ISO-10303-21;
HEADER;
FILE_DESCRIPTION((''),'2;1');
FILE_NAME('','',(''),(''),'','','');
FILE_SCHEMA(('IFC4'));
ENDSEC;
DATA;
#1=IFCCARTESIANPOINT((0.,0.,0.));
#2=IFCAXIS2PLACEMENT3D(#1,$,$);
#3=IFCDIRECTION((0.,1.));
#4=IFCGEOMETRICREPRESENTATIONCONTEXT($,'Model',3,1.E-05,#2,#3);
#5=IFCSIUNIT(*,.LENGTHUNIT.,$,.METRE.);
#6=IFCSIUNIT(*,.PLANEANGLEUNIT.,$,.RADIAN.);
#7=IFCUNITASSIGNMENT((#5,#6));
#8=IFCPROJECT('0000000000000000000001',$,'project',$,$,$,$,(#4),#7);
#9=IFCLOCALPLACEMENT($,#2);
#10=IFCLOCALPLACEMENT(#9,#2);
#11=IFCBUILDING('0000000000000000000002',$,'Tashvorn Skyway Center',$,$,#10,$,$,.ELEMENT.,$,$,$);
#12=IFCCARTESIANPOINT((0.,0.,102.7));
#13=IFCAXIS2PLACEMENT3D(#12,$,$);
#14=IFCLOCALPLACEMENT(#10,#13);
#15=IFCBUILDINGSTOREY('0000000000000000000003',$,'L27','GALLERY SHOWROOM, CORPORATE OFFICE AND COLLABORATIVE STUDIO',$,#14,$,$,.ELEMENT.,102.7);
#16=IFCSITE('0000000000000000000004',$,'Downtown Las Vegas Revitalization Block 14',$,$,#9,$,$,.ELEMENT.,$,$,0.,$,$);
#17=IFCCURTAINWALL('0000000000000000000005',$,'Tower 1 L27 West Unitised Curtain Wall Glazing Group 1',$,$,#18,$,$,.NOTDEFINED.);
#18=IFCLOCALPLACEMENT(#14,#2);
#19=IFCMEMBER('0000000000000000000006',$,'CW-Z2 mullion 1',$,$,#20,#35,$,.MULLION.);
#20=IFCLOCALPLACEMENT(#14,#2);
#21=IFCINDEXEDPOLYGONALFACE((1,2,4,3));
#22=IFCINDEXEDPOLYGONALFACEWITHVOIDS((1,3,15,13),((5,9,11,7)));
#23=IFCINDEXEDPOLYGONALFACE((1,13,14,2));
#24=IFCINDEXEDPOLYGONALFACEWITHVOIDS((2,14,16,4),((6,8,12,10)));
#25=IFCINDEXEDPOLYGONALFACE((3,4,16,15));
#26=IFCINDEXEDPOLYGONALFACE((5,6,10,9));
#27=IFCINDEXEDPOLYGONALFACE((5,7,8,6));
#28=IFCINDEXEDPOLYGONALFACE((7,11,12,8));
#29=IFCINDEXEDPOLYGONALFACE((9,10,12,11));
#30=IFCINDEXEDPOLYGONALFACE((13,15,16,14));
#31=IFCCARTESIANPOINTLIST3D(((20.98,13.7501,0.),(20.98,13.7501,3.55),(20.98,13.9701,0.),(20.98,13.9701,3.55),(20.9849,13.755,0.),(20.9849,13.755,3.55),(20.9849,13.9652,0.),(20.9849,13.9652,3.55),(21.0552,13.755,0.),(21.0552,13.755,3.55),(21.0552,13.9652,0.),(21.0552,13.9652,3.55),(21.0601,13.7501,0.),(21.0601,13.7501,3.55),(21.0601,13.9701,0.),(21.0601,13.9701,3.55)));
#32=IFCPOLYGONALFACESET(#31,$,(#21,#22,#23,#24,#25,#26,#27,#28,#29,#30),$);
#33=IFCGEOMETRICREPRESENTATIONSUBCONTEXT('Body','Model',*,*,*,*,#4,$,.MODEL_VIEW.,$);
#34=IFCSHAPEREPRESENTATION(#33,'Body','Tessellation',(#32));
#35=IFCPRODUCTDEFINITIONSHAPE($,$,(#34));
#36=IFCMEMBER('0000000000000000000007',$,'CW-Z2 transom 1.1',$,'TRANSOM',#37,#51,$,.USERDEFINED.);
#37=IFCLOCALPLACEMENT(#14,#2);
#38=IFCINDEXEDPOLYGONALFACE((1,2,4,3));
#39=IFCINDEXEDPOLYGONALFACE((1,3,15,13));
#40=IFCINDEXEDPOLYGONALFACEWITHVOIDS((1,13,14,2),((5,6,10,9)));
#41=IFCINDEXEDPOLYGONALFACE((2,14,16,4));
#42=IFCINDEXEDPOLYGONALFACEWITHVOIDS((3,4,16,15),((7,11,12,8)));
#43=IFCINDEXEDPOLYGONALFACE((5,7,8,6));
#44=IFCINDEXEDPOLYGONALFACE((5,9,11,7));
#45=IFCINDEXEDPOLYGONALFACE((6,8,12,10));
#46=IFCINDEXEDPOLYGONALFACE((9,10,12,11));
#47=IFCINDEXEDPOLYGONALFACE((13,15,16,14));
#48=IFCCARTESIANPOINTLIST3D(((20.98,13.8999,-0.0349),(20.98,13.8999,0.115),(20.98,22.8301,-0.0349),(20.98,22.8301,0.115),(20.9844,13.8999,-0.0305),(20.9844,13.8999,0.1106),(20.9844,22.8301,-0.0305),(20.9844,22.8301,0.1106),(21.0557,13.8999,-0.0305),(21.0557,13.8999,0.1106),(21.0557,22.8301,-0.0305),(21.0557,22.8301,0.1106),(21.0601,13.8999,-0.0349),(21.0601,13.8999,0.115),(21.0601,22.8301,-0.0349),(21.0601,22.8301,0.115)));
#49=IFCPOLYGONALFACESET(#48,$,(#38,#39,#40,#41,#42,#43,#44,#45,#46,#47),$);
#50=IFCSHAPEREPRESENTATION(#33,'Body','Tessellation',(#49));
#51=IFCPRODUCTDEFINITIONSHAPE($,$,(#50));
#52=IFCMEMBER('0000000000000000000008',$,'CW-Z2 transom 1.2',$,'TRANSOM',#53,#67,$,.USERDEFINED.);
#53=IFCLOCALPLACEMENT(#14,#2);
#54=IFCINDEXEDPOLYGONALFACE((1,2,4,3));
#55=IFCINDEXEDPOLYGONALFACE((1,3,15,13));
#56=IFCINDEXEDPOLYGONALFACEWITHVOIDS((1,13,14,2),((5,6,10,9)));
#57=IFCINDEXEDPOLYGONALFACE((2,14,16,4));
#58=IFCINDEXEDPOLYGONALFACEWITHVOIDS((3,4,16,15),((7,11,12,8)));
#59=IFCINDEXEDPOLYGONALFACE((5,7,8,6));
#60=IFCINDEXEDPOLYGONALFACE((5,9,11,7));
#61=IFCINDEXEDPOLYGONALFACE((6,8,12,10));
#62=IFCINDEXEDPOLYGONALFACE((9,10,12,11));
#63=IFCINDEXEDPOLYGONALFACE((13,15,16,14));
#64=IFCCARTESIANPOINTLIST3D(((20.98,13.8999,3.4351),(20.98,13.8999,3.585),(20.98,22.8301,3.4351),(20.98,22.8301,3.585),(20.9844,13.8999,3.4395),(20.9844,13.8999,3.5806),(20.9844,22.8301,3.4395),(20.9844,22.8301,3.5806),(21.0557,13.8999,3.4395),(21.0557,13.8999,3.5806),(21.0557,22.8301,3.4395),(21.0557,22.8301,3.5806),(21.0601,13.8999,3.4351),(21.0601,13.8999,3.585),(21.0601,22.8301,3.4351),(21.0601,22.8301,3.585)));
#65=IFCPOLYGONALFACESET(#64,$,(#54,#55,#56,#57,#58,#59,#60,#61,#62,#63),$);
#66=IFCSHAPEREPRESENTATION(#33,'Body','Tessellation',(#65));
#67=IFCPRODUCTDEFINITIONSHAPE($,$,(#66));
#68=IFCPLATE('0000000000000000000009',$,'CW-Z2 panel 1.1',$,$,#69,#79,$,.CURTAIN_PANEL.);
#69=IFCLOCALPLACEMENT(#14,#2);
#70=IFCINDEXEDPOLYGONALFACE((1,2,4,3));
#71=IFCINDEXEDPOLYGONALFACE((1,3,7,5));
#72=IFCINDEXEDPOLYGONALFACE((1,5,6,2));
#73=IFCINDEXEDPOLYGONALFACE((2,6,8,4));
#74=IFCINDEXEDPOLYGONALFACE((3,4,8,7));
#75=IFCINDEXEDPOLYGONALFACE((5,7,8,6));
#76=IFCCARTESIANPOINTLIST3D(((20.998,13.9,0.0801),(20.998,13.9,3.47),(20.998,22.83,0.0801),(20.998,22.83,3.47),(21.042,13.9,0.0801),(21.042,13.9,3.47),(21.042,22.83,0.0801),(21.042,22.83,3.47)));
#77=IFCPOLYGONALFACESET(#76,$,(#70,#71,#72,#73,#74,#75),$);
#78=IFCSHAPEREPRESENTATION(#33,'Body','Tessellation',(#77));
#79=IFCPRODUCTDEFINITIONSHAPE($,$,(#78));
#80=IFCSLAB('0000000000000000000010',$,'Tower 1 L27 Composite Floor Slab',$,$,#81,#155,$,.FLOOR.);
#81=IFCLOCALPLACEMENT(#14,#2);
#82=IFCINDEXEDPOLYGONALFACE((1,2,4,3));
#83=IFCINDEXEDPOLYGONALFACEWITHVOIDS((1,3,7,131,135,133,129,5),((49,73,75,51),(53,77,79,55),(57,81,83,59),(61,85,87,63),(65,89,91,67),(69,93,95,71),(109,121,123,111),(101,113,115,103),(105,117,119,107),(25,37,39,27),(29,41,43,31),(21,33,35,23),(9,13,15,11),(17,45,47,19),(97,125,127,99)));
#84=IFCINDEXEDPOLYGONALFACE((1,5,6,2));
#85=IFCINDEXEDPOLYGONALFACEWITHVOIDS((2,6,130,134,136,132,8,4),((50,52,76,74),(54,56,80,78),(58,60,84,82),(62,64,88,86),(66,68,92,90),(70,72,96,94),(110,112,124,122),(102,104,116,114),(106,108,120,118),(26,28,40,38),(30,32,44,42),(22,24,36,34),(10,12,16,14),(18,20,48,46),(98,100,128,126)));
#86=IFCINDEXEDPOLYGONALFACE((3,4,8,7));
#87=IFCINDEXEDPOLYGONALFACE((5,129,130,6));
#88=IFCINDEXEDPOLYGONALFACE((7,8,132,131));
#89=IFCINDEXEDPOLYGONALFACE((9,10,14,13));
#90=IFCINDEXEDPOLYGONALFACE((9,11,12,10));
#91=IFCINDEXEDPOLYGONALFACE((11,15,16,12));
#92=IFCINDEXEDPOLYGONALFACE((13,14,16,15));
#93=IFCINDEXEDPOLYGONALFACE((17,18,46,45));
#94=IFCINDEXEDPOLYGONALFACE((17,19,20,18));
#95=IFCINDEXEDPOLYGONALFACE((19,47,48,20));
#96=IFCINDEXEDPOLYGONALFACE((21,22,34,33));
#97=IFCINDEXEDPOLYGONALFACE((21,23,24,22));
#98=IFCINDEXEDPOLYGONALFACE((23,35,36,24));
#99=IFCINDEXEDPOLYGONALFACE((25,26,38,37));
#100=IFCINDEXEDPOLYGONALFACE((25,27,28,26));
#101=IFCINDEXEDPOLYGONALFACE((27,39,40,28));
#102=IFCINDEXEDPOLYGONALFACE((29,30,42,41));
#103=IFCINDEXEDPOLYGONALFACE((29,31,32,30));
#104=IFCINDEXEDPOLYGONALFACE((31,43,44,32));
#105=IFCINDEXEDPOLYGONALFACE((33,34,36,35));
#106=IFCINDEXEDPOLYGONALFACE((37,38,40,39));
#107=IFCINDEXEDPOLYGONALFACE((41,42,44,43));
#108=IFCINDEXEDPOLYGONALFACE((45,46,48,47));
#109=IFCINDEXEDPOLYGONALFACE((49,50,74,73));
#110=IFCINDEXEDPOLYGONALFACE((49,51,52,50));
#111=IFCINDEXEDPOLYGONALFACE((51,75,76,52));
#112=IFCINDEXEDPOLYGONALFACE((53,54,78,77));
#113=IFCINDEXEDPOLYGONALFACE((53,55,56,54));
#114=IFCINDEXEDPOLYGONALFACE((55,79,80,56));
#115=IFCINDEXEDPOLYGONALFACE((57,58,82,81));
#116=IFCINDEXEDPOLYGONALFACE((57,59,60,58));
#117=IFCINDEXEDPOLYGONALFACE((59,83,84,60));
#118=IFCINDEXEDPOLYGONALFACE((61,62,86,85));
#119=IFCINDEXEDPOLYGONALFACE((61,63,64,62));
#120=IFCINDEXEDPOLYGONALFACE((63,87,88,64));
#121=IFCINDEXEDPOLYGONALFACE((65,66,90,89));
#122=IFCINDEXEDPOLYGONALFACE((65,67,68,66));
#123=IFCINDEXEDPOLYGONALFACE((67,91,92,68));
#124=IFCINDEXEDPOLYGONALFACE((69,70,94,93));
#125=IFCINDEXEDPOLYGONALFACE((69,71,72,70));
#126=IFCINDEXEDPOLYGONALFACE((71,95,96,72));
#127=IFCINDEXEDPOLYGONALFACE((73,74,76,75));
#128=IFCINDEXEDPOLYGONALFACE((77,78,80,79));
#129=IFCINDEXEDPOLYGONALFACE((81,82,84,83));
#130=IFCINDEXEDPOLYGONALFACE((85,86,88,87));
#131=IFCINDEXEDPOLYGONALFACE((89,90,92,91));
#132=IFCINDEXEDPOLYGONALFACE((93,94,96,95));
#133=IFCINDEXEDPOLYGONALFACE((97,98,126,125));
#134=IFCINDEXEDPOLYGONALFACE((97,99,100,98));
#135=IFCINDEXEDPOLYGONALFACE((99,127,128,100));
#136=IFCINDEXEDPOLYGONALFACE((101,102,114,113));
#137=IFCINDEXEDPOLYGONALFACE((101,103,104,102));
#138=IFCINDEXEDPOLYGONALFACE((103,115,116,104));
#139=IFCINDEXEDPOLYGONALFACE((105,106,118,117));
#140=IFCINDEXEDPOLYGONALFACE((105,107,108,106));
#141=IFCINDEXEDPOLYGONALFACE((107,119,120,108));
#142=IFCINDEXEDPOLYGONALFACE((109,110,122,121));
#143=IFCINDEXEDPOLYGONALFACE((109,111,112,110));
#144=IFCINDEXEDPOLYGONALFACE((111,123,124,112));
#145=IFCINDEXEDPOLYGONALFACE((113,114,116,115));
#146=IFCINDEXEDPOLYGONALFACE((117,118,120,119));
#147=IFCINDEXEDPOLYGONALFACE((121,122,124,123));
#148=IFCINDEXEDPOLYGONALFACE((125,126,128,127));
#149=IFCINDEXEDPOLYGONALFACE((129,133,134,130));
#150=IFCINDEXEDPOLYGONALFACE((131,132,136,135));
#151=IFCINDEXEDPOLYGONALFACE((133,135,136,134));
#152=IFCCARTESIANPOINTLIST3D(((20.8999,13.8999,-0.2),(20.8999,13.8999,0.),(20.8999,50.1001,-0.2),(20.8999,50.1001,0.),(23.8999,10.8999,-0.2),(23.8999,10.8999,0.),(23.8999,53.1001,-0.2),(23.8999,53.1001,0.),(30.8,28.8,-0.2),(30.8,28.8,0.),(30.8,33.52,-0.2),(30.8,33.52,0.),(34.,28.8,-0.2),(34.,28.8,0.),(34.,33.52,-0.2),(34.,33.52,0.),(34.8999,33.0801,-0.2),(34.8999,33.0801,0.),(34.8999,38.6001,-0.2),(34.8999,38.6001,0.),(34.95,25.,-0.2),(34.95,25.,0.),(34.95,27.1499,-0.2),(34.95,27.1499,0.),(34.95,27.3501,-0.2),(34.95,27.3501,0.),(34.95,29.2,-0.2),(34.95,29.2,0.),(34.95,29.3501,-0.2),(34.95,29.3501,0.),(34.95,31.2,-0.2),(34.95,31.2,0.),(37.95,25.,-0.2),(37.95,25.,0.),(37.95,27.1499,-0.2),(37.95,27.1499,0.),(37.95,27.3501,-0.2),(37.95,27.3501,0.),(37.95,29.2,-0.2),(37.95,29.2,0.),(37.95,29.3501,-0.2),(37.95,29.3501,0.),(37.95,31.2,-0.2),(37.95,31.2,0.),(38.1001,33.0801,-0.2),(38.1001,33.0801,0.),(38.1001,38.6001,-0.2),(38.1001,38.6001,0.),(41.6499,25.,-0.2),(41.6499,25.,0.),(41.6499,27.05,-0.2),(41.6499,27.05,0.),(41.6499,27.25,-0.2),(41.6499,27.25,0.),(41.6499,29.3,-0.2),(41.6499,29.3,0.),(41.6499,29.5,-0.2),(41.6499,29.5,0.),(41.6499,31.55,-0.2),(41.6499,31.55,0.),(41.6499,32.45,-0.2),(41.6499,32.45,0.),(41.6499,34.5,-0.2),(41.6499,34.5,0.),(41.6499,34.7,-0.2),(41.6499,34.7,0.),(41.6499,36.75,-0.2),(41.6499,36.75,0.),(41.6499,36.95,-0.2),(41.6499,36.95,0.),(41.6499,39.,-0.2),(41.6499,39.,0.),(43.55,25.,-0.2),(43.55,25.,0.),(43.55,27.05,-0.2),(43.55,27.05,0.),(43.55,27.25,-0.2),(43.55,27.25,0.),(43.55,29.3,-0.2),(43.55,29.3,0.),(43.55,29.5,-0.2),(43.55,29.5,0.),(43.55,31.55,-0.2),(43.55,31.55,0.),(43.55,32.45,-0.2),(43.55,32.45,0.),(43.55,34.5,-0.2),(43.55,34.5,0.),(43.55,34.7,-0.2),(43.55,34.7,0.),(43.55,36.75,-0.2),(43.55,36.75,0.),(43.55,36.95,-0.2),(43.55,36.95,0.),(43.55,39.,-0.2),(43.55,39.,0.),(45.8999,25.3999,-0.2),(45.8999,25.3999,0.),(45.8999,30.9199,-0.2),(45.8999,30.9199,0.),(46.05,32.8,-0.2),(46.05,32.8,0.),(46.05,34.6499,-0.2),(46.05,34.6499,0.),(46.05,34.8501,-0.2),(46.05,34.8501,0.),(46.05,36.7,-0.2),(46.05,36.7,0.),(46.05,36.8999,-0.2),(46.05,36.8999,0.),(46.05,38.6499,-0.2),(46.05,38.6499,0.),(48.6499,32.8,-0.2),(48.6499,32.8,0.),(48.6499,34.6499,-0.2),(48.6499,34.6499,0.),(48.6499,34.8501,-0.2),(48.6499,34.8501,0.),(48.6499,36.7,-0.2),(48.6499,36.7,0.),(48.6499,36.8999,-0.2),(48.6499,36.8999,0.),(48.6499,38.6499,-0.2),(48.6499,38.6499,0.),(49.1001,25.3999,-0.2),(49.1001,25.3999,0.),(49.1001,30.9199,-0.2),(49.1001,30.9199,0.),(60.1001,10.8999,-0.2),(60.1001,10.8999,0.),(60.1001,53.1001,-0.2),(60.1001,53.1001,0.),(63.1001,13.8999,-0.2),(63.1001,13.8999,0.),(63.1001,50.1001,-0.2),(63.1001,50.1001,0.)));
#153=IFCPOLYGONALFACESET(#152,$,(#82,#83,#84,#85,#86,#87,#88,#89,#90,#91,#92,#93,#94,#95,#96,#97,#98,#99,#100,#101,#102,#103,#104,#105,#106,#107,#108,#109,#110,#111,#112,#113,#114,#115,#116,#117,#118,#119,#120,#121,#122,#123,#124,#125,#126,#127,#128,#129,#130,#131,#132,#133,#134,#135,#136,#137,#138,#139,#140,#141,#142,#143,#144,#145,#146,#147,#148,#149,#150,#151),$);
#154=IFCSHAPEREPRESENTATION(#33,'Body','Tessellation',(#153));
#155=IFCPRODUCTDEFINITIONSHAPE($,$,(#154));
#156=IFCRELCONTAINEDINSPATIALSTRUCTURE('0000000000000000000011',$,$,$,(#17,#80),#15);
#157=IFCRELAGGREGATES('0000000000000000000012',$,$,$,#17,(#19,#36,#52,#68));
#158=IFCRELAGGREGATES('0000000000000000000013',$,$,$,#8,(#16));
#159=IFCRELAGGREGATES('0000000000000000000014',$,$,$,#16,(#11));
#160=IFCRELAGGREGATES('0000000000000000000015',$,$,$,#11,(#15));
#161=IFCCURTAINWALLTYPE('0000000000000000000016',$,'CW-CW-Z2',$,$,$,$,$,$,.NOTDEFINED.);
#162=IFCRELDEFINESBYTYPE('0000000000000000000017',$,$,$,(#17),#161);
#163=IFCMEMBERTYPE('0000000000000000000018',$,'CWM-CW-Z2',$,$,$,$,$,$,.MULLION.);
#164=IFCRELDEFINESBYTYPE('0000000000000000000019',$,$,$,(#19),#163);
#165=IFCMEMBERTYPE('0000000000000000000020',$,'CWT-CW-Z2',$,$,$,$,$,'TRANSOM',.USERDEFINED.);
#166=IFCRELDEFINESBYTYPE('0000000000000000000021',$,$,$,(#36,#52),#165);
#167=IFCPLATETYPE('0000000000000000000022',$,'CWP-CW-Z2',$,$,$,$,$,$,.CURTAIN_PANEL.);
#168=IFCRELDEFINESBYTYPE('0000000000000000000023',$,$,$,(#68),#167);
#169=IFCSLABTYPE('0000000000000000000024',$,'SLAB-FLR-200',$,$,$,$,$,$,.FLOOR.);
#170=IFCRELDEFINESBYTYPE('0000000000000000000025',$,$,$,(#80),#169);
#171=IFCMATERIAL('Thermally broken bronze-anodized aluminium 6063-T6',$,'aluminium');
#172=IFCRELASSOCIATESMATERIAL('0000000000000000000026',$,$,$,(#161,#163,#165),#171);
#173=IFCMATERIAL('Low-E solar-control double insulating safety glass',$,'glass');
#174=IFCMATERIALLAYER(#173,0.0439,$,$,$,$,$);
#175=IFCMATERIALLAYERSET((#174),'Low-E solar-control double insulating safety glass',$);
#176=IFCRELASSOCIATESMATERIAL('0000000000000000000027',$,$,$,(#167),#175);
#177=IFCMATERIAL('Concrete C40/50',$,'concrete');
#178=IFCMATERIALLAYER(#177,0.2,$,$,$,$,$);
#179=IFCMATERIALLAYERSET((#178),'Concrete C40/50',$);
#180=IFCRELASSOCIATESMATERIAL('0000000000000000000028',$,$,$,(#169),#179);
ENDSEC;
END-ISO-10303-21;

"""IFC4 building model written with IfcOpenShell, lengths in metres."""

from ifc_helpers import new_model, si_unit, direction, frame, origin, origin_2d, place, context, subcontext, project, spatial, polyline, rectangle, hollow_rectangle, outline, extrude, material, layer, layer_set, material_profile, profile_set, type_object, element, aggregate, save


model = new_model("IFC4")

# Units and contexts
model_context = context("Model", 3, precision=1e-05, world=origin(), true_north=direction((0.0, 1.0)))
body_context = subcontext(model_context, "Body", "Model", "MODEL_VIEW")
ifc_project = project(units=[si_unit("LENGTHUNIT", "METRE"), si_unit("PLANEANGLEUNIT", "RADIAN")], contexts=[model_context])

# Site, building, storey
site_placement = place(None, origin())
site = spatial("IfcSite", under=ifc_project, at=site_placement, Name="Downtown Las Vegas Revitalization Block 14", CompositionType="ELEMENT", RefElevation=0.0)
building_placement = place(site_placement, origin())
building = spatial("IfcBuilding", under=site, at=building_placement, Name="Tashvorn Skyway Center", CompositionType="ELEMENT")
storey_placement = place(building_placement, frame((0.0, 0.0, 102.7)))
storey = spatial("IfcBuildingStorey", under=building, at=storey_placement, Name="L27", Description="GALLERY SHOWROOM, CORPORATE OFFICE AND COLLABORATIVE STUDIO", CompositionType="ELEMENT", Elevation=102.7)

# Curtain wall, members, plate
ifc_material_1 = material(Name="Thermally broken bronze-anodized aluminium 6063-T6", Category="aluminium")
curtain_wall_type = type_object("IfcCurtainWallType", Name="CW-CW-Z2", PredefinedType="NOTDEFINED", material=ifc_material_1)
curtain_wall_placement = place(storey_placement, origin())
curtain_wall = element("IfcCurtainWall", 1, at=curtain_wall_placement, inside=storey, type_object=curtain_wall_type, Name="Tower 1 L27 West Unitised Curtain Wall Glazing Group 1", PredefinedType="NOTDEFINED")
ifc_material_profile_1 = material_profile(ifc_material_1, hollow_rectangle(XDim=0.0801, YDim=0.22, WallThickness=0.0049, at=origin_2d()), Name="ALU-MULL-80x220")
ifc_profile_set_1 = profile_set([ifc_material_profile_1], Name="Thermally broken bronze-anodized aluminium 6063-T6")
member_type_1 = type_object("IfcMemberType", Name="CWM-CW-Z2", PredefinedType="MULLION", material=ifc_profile_set_1)
member_1_placement = place(storey_placement, frame((21.02, 13.8601, 0.0), z_axis=(0.0, 0.0, 1.0), x_axis=(-1.0, 0.0, 0.0)))
member_1 = element("IfcMember", 2, at=member_1_placement, type_object=member_type_1, Name="CW-Z2 mullion 1", PredefinedType="MULLION", context=body_context, shape_type="SweptSolid", body=[
    extrude(hollow_rectangle(XDim=0.0801, YDim=0.22, WallThickness=0.0049, at=origin_2d()), origin(), (0.0, 0.0, 1.0), 3.55),
])
ifc_material_profile_2 = material_profile(ifc_material_1, hollow_rectangle(XDim=0.0801, YDim=0.1499, WallThickness=0.0044, at=origin_2d()), Name="ALU-TRAN-80x150")
ifc_profile_set_2 = profile_set([ifc_material_profile_2], Name="Thermally broken bronze-anodized aluminium 6063-T6")
member_type_2 = type_object("IfcMemberType", Name="CWT-CW-Z2", ElementType="TRANSOM", PredefinedType="USERDEFINED", material=ifc_profile_set_2)
member_2_placement = place(storey_placement, frame((21.02, 13.8999, 0.04), z_axis=(0.0, 1.0, 0.0), x_axis=(-1.0, 0.0, 0.0)))
member_2 = element("IfcMember", 3, at=member_2_placement, type_object=member_type_2, Name="CW-Z2 transom 1.1", ObjectType="TRANSOM", PredefinedType="USERDEFINED", context=body_context, shape_type="SweptSolid", body=[
    extrude(hollow_rectangle(XDim=0.0801, YDim=0.1499, WallThickness=0.0044, at=origin_2d()), origin(), (0.0, 0.0, 1.0), 8.9302),
])
member_3_placement = place(storey_placement, frame((21.02, 13.8999, 3.51), z_axis=(0.0, 1.0, 0.0), x_axis=(-1.0, 0.0, 0.0)))
member_3 = element("IfcMember", 4, at=member_3_placement, type_object=member_type_2, Name="CW-Z2 transom 1.2", ObjectType="TRANSOM", PredefinedType="USERDEFINED", context=body_context, shape_type="SweptSolid", body=[
    extrude(hollow_rectangle(XDim=0.0801, YDim=0.1499, WallThickness=0.0044, at=origin_2d()), origin(), (0.0, 0.0, 1.0), 8.9302),
])
ifc_material_2 = material(Name="Low-E solar-control double insulating safety glass", Category="glass")
ifc_layer_1 = layer(ifc_material_2, 0.0439)
ifc_layer_set_1 = layer_set([ifc_layer_1], Name="Low-E solar-control double insulating safety glass")
plate_type = type_object("IfcPlateType", Name="CWP-CW-Z2", PredefinedType="CURTAIN_PANEL", material=ifc_layer_set_1)
plate_placement = place(storey_placement, frame((21.02, 18.365, 0.0801), z_axis=(0.0, 0.0, 1.0), x_axis=(0.0, 1.0, 0.0)))
plate = element("IfcPlate", 5, at=plate_placement, type_object=plate_type, Name="CW-Z2 panel 1.1", PredefinedType="CURTAIN_PANEL", context=body_context, shape_type="SweptSolid", body=[
    extrude(rectangle(XDim=8.9299, YDim=0.0439, at=origin_2d()), origin(), (0.0, 0.0, 1.0), 3.3899),
])
aggregate(curtain_wall, [member_1, member_2, member_3, plate])

# Slab
ifc_material_3 = material(Name="Concrete C40/50", Category="concrete")
ifc_layer_2 = layer(ifc_material_3, 0.2)
ifc_layer_set_2 = layer_set([ifc_layer_2], Name="Concrete C40/50")
slab_type_1 = type_object("IfcSlabType", Name="SLAB-FLR-200", PredefinedType="FLOOR", material=ifc_layer_set_2)
slab_1_placement = place(storey_placement, frame((0.0, 0.0, -0.2)))
element("IfcSlab", 6, at=slab_1_placement, inside=storey, type_object=slab_type_1, Name="Tower 1 L27 Composite Floor Slab", PredefinedType="FLOOR", context=body_context, shape_type="SweptSolid", body=[
    extrude(outline(polyline([(23.8999, 10.8999), (60.1001, 10.8999), (63.1001, 13.8999), (63.1001, 50.1001), (60.1001, 53.1001), (23.8999, 53.1001), (20.8999, 50.1001), (20.8999, 13.8999), (23.8999, 10.8999)]), holes=[polyline([(38.1001, 33.0801), (38.1001, 38.6001), (34.8999, 38.6001), (34.8999, 33.0801), (38.1001, 33.0801)]), polyline([(45.8999, 30.9199), (45.8999, 25.3999), (49.1001, 25.3999), (49.1001, 30.9199), (45.8999, 30.9199)]), polyline([(30.8, 33.52), (30.8, 28.8), (34.0, 28.8), (34.0, 33.52), (30.8, 33.52)]), polyline([(34.95, 29.3501), (37.95, 29.3501), (37.95, 31.2), (34.95, 31.2), (34.95, 29.3501)]), polyline([(34.95, 27.3501), (37.95, 27.3501), (37.95, 29.2), (34.95, 29.2), (34.95, 27.3501)]), polyline([(34.95, 25.0), (37.95, 25.0), (37.95, 27.1499), (34.95, 27.1499), (34.95, 25.0)]), polyline([(41.6499, 25.0), (43.55, 25.0), (43.55, 27.05), (41.6499, 27.05), (41.6499, 25.0)]), polyline([(41.6499, 27.25), (43.55, 27.25), (43.55, 29.3), (41.6499, 29.3), (41.6499, 27.25)]), polyline([(41.6499, 29.5), (43.55, 29.5), (43.55, 31.55), (41.6499, 31.55), (41.6499, 29.5)]), polyline([(41.6499, 32.45), (43.55, 32.45), (43.55, 34.5), (41.6499, 34.5), (41.6499, 32.45)]), polyline([(41.6499, 34.7), (43.55, 34.7), (43.55, 36.75), (41.6499, 36.75), (41.6499, 34.7)]), polyline([(41.6499, 36.95), (43.55, 36.95), (43.55, 39.0), (41.6499, 39.0), (41.6499, 36.95)]), polyline([(46.05, 32.8), (48.6499, 32.8), (48.6499, 34.6499), (46.05, 34.6499), (46.05, 32.8)]), polyline([(46.05, 34.8501), (48.6499, 34.8501), (48.6499, 36.7), (46.05, 36.7), (46.05, 34.8501)]), polyline([(46.05, 36.8999), (48.6499, 36.8999), (48.6499, 38.6499), (46.05, 38.6499), (46.05, 36.8999)])]), origin(), (0.0, 0.0, 1.0), 0.2),
])

save(model, "model.ifc")
